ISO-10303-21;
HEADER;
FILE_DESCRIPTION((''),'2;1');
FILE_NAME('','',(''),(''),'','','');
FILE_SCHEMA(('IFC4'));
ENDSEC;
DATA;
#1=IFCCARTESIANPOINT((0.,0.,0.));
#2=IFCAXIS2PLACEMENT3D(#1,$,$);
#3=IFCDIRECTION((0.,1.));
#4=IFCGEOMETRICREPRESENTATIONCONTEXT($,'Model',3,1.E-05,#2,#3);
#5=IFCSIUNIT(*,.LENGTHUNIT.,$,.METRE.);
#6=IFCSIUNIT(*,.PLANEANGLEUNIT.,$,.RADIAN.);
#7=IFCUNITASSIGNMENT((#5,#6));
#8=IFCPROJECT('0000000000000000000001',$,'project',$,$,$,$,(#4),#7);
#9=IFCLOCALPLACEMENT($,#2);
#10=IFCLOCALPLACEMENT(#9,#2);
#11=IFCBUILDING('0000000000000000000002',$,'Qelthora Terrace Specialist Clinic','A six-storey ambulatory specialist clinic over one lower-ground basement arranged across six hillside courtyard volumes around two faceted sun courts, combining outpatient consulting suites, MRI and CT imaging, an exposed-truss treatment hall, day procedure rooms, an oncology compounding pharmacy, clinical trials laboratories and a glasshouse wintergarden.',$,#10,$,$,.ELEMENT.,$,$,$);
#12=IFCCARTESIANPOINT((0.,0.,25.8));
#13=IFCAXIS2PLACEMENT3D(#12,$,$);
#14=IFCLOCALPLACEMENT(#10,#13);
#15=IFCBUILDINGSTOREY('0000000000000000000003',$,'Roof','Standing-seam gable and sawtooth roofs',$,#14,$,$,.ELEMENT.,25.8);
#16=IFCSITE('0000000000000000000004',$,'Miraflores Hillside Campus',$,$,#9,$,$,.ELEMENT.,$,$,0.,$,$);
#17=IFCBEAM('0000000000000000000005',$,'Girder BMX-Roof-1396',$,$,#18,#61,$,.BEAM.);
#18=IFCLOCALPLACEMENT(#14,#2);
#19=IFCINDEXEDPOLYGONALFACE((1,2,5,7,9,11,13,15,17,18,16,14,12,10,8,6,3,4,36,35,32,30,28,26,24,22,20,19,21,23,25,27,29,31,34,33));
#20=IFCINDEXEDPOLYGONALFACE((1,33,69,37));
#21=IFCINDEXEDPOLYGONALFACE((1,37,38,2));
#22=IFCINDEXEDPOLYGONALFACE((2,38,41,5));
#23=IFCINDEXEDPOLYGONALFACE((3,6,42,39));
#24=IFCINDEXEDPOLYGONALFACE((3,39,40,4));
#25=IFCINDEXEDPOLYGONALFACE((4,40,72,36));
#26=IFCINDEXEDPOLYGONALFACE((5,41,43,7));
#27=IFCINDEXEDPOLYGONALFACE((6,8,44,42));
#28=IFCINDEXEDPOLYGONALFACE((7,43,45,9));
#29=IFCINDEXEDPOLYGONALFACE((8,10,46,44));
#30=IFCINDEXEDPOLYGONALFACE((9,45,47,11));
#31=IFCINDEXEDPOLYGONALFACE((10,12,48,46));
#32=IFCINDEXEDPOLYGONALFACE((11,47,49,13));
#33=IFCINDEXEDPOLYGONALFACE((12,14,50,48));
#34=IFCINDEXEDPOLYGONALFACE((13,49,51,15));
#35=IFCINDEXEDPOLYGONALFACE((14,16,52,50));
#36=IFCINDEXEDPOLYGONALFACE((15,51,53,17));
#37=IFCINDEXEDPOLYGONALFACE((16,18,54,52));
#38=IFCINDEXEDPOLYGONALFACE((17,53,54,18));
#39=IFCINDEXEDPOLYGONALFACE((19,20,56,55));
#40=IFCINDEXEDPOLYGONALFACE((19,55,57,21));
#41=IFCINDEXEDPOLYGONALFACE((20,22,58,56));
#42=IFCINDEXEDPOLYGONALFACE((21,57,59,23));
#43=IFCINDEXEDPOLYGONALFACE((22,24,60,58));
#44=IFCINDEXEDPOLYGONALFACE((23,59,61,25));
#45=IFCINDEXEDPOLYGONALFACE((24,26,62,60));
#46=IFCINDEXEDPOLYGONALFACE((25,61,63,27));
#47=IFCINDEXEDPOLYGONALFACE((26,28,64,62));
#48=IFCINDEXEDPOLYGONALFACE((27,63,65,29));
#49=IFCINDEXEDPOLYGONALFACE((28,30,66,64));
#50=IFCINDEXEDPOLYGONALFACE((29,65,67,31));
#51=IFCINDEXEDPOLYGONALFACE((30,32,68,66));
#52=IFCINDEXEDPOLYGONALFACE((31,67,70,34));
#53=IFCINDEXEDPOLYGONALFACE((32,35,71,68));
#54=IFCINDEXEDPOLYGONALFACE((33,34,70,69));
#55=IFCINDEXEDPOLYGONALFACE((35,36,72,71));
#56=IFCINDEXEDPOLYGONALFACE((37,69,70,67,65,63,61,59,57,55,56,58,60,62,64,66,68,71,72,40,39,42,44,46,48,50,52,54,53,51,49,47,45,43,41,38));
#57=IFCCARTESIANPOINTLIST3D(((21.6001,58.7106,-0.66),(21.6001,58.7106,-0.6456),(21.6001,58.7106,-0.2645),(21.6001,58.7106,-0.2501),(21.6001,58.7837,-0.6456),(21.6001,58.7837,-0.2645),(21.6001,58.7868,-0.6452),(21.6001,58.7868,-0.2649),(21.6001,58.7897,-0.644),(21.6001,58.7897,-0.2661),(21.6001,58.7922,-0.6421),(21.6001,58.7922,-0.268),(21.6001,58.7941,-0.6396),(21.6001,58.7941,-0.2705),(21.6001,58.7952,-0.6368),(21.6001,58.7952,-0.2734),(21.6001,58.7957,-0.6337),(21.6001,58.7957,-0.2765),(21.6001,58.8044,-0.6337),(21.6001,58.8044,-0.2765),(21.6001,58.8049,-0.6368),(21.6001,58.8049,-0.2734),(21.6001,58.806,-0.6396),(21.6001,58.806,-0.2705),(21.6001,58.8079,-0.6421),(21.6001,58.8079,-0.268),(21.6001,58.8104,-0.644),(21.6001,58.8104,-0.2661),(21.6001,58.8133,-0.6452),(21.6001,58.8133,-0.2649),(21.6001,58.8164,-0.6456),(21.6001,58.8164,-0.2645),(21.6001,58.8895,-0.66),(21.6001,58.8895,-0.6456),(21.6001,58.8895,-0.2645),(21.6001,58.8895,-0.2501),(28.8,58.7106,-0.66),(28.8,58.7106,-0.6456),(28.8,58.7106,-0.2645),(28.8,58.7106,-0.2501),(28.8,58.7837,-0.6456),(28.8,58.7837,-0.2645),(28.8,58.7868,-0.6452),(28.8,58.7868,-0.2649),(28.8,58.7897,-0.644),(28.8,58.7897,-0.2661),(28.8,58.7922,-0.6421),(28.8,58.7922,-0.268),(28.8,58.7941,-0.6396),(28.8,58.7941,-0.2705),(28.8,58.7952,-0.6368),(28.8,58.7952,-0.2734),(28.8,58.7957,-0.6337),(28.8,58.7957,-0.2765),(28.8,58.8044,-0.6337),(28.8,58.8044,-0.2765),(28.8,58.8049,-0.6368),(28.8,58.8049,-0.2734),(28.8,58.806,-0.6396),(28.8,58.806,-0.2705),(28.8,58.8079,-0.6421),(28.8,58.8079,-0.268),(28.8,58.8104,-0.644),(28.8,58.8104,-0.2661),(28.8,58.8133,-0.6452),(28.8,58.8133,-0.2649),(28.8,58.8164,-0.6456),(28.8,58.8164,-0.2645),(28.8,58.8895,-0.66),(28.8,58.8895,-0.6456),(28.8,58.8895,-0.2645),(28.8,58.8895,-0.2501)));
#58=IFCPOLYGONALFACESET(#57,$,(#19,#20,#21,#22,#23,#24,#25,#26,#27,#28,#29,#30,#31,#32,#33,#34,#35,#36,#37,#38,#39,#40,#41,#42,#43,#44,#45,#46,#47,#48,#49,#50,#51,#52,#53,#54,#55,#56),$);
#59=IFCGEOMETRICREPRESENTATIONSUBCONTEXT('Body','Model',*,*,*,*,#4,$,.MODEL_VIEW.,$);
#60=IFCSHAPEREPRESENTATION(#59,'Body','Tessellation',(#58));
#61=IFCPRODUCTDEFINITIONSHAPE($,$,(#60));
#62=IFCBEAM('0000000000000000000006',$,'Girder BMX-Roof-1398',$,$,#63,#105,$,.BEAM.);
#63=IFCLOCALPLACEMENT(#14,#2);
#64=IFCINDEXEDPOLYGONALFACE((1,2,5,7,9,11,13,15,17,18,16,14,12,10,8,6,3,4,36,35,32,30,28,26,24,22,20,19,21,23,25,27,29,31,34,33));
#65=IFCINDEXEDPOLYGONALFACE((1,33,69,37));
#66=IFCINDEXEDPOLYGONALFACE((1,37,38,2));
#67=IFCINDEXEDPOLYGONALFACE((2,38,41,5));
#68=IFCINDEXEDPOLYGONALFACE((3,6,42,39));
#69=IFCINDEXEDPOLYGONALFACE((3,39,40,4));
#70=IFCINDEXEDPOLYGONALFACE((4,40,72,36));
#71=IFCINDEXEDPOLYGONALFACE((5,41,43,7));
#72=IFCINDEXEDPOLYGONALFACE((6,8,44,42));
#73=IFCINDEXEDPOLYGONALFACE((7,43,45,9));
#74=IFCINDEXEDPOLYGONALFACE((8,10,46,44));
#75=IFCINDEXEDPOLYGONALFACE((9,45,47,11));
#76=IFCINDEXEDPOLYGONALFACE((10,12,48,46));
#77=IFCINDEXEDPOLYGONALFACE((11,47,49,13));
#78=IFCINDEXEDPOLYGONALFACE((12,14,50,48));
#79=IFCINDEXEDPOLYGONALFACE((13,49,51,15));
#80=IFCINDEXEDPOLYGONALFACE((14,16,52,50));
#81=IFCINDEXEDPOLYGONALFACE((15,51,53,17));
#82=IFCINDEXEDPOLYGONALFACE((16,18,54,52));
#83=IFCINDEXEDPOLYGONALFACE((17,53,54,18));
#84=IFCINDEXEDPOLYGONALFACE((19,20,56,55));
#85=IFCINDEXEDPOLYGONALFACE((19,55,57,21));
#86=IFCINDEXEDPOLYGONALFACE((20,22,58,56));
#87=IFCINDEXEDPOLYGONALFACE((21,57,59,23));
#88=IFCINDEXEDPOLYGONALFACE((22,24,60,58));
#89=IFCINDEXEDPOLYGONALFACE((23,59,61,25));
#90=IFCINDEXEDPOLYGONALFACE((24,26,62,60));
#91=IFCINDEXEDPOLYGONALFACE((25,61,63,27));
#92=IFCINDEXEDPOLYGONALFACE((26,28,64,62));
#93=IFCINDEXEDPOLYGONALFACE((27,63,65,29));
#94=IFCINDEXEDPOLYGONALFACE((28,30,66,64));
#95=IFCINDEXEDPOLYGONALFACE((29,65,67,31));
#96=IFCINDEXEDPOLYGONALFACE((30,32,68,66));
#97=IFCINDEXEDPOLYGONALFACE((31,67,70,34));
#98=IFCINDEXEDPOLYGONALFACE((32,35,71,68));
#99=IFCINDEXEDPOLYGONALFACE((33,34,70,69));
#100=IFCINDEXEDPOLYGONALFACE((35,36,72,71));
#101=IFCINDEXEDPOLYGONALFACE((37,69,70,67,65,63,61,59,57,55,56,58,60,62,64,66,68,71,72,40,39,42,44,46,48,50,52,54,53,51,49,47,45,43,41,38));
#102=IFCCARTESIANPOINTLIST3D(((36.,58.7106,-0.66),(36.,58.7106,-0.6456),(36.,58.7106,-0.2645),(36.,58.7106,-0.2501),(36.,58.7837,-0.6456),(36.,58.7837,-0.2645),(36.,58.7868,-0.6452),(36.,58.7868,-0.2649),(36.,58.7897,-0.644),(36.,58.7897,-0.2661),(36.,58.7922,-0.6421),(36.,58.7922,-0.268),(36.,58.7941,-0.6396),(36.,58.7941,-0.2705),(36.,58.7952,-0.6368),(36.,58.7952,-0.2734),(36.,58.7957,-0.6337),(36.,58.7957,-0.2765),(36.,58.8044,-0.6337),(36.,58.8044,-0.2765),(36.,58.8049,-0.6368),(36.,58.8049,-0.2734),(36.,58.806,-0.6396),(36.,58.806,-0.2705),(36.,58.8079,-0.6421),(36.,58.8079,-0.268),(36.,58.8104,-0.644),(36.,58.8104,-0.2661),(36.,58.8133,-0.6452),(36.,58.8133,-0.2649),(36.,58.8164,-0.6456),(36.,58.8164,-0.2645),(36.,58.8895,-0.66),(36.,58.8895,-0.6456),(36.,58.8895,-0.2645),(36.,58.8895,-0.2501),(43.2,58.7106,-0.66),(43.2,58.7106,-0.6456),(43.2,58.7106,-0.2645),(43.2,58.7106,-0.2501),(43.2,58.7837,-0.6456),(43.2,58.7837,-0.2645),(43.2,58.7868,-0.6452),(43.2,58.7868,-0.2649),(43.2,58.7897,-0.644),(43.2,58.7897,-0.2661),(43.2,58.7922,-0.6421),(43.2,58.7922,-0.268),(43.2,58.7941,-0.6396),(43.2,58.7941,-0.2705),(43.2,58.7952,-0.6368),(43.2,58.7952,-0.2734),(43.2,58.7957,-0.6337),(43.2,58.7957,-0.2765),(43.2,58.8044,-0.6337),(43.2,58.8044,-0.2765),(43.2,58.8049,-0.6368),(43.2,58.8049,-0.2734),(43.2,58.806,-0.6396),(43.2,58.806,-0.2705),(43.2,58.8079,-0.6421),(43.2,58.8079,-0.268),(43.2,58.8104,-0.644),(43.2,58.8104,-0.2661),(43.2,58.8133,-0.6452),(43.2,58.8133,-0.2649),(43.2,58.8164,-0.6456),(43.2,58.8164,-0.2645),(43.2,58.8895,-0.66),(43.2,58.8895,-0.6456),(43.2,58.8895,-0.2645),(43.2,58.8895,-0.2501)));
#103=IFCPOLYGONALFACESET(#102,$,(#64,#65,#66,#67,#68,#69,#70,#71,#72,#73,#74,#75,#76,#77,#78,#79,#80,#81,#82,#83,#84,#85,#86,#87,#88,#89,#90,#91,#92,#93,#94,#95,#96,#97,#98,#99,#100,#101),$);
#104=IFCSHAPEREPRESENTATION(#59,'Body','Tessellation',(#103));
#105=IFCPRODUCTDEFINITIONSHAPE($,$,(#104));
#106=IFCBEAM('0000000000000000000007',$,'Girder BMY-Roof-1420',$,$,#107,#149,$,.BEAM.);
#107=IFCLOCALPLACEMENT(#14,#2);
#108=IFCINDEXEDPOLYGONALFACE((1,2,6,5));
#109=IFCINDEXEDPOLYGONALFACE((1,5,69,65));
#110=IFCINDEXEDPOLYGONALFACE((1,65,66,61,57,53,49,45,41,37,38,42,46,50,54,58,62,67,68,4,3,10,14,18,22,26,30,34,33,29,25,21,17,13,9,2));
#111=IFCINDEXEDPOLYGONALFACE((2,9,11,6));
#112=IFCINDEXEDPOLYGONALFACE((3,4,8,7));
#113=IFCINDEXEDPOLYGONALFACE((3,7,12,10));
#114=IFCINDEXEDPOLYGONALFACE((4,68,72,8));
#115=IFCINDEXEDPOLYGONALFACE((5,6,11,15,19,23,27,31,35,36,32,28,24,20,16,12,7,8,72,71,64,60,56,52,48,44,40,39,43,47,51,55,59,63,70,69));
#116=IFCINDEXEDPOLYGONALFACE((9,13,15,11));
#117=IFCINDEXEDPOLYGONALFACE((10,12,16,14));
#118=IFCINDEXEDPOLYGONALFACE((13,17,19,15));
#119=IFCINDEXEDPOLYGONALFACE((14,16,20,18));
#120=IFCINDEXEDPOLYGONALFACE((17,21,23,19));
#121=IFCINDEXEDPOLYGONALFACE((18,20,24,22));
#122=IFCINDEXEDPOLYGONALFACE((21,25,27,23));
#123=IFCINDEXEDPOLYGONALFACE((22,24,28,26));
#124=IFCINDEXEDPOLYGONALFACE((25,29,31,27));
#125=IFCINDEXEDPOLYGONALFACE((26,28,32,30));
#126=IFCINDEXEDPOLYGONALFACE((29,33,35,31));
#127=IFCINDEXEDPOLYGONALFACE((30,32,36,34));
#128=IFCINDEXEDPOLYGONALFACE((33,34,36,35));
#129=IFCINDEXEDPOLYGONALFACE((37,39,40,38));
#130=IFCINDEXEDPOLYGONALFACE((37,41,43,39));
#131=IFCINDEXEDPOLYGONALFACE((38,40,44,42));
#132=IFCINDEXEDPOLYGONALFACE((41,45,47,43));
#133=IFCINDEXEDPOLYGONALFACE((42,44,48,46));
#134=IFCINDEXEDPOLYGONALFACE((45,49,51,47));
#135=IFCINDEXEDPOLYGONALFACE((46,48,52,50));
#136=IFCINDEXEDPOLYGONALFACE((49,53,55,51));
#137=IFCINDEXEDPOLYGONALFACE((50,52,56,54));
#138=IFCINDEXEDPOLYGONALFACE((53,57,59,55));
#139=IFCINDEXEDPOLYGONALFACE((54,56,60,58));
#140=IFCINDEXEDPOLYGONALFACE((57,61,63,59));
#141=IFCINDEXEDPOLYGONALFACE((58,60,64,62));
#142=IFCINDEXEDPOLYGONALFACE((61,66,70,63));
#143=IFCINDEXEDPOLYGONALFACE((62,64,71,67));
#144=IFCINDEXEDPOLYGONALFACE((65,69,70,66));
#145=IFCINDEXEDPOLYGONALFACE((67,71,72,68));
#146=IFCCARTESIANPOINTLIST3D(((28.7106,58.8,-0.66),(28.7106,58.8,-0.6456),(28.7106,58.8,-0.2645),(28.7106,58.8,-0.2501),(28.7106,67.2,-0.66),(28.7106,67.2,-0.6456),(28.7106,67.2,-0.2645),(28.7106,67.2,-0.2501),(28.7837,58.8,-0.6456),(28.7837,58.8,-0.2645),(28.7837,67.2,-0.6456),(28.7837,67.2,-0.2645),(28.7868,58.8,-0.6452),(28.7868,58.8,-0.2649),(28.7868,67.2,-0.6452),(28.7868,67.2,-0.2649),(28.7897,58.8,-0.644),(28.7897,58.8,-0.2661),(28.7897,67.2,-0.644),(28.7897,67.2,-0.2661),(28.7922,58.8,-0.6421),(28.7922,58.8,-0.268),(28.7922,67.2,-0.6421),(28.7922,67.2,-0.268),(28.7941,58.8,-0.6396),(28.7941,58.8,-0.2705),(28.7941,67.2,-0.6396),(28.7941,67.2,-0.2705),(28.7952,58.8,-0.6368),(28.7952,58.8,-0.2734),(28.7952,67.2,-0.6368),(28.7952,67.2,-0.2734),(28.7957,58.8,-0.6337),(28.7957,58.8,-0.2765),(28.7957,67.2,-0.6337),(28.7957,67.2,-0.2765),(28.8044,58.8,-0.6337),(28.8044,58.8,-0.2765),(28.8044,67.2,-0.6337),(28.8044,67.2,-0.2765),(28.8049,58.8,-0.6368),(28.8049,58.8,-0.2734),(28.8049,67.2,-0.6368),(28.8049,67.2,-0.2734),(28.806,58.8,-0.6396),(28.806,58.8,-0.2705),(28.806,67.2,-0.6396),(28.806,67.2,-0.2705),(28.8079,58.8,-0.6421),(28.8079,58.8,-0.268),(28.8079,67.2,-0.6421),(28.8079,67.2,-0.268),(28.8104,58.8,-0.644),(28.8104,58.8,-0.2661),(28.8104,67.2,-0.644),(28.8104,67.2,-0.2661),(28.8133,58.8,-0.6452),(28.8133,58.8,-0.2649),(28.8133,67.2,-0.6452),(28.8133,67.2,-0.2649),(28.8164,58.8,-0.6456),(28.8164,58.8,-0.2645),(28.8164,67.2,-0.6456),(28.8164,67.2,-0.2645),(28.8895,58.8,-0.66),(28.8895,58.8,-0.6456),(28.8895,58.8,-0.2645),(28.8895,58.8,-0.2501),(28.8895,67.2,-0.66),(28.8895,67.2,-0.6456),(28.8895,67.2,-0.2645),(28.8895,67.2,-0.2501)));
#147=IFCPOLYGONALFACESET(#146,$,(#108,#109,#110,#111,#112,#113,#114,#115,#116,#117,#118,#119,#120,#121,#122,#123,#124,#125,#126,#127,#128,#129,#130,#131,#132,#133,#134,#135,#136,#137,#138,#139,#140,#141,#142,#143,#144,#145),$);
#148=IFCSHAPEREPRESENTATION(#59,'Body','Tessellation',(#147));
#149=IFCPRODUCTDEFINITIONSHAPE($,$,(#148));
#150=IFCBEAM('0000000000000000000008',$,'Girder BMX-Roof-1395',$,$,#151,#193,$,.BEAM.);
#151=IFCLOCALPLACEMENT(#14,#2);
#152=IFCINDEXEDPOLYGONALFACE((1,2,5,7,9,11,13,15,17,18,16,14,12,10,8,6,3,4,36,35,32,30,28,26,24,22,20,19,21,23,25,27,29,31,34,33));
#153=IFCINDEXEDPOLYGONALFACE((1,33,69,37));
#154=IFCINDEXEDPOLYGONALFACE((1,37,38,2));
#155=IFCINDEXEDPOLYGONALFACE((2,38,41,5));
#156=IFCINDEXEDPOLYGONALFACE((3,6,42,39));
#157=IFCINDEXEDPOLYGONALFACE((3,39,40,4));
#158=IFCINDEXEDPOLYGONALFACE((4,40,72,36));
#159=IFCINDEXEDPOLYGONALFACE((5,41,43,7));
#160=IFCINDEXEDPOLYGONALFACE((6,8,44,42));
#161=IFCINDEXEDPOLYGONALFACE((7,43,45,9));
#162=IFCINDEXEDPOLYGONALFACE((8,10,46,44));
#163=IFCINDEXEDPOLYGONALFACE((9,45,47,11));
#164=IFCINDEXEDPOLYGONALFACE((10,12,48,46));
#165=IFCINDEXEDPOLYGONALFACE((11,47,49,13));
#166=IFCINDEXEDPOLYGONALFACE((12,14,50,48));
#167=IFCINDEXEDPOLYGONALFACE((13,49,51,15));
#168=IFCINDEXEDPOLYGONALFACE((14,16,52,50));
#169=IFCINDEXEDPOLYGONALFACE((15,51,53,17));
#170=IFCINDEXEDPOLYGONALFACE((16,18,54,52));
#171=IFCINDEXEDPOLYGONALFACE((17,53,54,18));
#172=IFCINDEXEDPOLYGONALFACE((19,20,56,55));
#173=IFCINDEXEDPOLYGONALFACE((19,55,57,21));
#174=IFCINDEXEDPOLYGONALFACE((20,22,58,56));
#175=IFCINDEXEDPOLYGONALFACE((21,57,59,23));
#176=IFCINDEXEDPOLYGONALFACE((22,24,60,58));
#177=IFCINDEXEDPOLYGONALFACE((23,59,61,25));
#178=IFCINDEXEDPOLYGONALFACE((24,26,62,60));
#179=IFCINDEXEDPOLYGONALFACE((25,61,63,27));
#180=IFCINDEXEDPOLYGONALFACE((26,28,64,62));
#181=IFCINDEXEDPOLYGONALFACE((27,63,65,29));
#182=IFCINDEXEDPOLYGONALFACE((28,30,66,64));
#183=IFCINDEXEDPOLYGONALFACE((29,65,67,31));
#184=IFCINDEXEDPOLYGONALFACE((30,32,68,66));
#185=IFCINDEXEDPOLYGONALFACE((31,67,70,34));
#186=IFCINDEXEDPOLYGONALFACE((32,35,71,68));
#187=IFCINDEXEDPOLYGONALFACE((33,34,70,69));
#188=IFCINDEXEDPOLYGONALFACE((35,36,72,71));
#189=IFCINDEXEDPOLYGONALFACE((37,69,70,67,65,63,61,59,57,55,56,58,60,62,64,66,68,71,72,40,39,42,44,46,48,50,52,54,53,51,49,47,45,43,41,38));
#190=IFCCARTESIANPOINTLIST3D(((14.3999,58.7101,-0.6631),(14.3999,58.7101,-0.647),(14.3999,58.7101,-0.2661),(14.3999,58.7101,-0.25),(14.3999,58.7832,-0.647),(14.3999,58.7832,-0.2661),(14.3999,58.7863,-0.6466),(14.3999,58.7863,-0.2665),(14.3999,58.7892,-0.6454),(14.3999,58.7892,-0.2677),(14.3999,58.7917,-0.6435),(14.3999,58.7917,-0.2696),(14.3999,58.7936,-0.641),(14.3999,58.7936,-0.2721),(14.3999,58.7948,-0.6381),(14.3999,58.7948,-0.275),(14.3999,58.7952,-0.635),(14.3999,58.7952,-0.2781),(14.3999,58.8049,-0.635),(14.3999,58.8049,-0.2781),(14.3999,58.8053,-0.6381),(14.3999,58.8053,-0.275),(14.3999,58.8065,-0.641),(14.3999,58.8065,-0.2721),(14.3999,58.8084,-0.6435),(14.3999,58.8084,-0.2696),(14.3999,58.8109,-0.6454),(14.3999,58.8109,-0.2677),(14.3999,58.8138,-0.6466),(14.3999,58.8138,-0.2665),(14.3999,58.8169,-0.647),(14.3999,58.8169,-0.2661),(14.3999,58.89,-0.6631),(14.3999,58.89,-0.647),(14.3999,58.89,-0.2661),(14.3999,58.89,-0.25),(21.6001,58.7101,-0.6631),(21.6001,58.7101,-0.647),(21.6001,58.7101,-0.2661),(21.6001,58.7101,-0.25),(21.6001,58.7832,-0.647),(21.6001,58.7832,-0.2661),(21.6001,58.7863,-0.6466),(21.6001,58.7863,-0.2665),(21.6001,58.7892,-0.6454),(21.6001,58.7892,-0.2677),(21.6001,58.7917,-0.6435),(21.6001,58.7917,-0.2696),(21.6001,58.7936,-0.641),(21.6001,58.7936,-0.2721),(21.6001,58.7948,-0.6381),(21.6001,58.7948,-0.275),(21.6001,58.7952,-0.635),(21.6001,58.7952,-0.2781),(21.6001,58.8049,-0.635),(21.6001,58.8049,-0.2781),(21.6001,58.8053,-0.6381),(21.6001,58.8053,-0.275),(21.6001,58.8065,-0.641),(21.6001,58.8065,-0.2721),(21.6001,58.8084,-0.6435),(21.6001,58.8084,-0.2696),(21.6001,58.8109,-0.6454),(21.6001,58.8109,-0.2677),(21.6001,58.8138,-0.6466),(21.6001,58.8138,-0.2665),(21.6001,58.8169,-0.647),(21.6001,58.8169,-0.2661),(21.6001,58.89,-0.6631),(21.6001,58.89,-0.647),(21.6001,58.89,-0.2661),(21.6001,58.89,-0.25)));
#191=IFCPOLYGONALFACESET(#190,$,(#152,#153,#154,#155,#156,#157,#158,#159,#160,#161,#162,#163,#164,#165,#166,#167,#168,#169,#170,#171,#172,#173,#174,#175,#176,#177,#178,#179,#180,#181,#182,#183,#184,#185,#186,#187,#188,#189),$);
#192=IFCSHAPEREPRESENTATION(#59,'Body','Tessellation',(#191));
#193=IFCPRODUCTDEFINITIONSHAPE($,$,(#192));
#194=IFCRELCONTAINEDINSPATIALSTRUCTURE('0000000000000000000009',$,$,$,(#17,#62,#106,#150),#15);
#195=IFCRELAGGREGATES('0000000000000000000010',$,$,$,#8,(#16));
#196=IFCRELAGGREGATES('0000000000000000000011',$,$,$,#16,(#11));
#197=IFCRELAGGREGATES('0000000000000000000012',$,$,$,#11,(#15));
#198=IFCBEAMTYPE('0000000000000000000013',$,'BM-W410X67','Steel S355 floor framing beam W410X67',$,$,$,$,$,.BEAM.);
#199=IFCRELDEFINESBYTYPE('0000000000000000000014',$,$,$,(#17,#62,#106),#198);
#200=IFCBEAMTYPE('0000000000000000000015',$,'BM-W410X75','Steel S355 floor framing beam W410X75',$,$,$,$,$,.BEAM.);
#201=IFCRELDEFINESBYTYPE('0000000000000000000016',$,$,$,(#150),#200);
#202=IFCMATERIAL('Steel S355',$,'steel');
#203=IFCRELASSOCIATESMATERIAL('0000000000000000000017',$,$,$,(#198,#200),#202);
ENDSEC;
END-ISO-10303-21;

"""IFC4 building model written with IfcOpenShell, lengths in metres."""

from ifc_helpers import new_model, si_unit, direction, frame, origin, origin_2d, place, context, subcontext, project, spatial, i_section, extrude, material, material_profile, profile_set, type_object, element, save


model = new_model("IFC4")

# Units and contexts
model_context = context("Model", 3, precision=1e-05, world=origin(), true_north=direction((0.0, 1.0)))
body_context = subcontext(model_context, "Body", "Model", "MODEL_VIEW")
ifc_project = project(units=[si_unit("LENGTHUNIT", "METRE"), si_unit("PLANEANGLEUNIT", "RADIAN")], contexts=[model_context])

# Site, building, storey
site_placement = place(None, origin())
site = spatial("IfcSite", under=ifc_project, at=site_placement, Name="Miraflores Hillside Campus", CompositionType="ELEMENT", RefElevation=0.0)
building_placement = place(site_placement, origin())
building = spatial("IfcBuilding", under=site, at=building_placement, Name="Qelthora Terrace Specialist Clinic", Description="A six-storey ambulatory specialist clinic over one lower-ground basement arranged across six hillside courtyard volumes around two faceted sun courts, combining outpatient consulting suites, MRI and CT imaging, an exposed-truss treatment hall, day procedure rooms, an oncology compounding pharmacy, clinical trials laboratories and a glasshouse wintergarden.", CompositionType="ELEMENT")
storey_placement = place(building_placement, frame((0.0, 0.0, 25.8)))
storey = spatial("IfcBuildingStorey", under=building, at=storey_placement, Name="Roof", Description="Standing-seam gable and sawtooth roofs", CompositionType="ELEMENT", Elevation=25.8)

# Beams
ifc_material_1 = material(Name="Steel S355", Category="steel")
ifc_material_profile_1 = material_profile(ifc_material_1, i_section(OverallWidth=0.179, OverallDepth=0.4099, WebThickness=0.0088, FlangeThickness=0.0144, FilletRadius=0.012, at=origin_2d()), Name="W410X67")
ifc_profile_set_1 = profile_set([ifc_material_profile_1], Name="Steel S355")
beam_type_1 = type_object("IfcBeamType", Name="BM-W410X67", Description="Steel S355 floor framing beam W410X67", PredefinedType="BEAM", material=ifc_profile_set_1)
for number, where, z_axis, x_axis, name in (
    (1, (21.6001, 58.8, -0.4551), (1.0, 0.0, 0.0), (0.0, 1.0, 0.0), "Girder BMX-Roof-1396"),
    (2, (36.0, 58.8, -0.4551), (1.0, 0.0, 0.0), (0.0, 1.0, 0.0), "Girder BMX-Roof-1398"),
):
    element("IfcBeam", number, at=place(storey_placement, frame(where, z_axis=z_axis, x_axis=x_axis)), inside=storey, type_object=beam_type_1, Name=name, PredefinedType="BEAM", context=body_context, shape_type="SweptSolid", body=[
        extrude(i_section(OverallWidth=0.179, OverallDepth=0.4099, WebThickness=0.0088, FlangeThickness=0.0144, FilletRadius=0.012, at=origin_2d()), origin(), (0.0, 0.0, 1.0), 7.2),
    ])
beam_1_placement = place(storey_placement, frame((28.8, 58.8, -0.4551), z_axis=(0.0, 1.0, 0.0), x_axis=(-1.0, 0.0, 0.0)))
element("IfcBeam", 3, at=beam_1_placement, inside=storey, type_object=beam_type_1, Name="Girder BMY-Roof-1420", PredefinedType="BEAM", context=body_context, shape_type="SweptSolid", body=[
    extrude(i_section(OverallWidth=0.179, OverallDepth=0.4099, WebThickness=0.0088, FlangeThickness=0.0144, FilletRadius=0.012, at=origin_2d()), origin(), (0.0, 0.0, 1.0), 8.3999),
])
ifc_material_profile_2 = material_profile(ifc_material_1, i_section(OverallWidth=0.1799, OverallDepth=0.4131, WebThickness=0.0098, FlangeThickness=0.0161, FilletRadius=0.012, at=origin_2d()), Name="W410X75")
ifc_profile_set_2 = profile_set([ifc_material_profile_2], Name="Steel S355")
beam_type_2 = type_object("IfcBeamType", Name="BM-W410X75", Description="Steel S355 floor framing beam W410X75", PredefinedType="BEAM", material=ifc_profile_set_2)
beam_2_placement = place(storey_placement, frame((14.3999, 58.8, -0.4565), z_axis=(1.0, 0.0, 0.0), x_axis=(0.0, 1.0, 0.0)))
element("IfcBeam", 4, at=beam_2_placement, inside=storey, type_object=beam_type_2, Name="Girder BMX-Roof-1395", PredefinedType="BEAM", context=body_context, shape_type="SweptSolid", body=[
    extrude(i_section(OverallWidth=0.1799, OverallDepth=0.4131, WebThickness=0.0098, FlangeThickness=0.0161, FilletRadius=0.012, at=origin_2d()), origin(), (0.0, 0.0, 1.0), 7.2002),
])

save(model, "model.ifc")
